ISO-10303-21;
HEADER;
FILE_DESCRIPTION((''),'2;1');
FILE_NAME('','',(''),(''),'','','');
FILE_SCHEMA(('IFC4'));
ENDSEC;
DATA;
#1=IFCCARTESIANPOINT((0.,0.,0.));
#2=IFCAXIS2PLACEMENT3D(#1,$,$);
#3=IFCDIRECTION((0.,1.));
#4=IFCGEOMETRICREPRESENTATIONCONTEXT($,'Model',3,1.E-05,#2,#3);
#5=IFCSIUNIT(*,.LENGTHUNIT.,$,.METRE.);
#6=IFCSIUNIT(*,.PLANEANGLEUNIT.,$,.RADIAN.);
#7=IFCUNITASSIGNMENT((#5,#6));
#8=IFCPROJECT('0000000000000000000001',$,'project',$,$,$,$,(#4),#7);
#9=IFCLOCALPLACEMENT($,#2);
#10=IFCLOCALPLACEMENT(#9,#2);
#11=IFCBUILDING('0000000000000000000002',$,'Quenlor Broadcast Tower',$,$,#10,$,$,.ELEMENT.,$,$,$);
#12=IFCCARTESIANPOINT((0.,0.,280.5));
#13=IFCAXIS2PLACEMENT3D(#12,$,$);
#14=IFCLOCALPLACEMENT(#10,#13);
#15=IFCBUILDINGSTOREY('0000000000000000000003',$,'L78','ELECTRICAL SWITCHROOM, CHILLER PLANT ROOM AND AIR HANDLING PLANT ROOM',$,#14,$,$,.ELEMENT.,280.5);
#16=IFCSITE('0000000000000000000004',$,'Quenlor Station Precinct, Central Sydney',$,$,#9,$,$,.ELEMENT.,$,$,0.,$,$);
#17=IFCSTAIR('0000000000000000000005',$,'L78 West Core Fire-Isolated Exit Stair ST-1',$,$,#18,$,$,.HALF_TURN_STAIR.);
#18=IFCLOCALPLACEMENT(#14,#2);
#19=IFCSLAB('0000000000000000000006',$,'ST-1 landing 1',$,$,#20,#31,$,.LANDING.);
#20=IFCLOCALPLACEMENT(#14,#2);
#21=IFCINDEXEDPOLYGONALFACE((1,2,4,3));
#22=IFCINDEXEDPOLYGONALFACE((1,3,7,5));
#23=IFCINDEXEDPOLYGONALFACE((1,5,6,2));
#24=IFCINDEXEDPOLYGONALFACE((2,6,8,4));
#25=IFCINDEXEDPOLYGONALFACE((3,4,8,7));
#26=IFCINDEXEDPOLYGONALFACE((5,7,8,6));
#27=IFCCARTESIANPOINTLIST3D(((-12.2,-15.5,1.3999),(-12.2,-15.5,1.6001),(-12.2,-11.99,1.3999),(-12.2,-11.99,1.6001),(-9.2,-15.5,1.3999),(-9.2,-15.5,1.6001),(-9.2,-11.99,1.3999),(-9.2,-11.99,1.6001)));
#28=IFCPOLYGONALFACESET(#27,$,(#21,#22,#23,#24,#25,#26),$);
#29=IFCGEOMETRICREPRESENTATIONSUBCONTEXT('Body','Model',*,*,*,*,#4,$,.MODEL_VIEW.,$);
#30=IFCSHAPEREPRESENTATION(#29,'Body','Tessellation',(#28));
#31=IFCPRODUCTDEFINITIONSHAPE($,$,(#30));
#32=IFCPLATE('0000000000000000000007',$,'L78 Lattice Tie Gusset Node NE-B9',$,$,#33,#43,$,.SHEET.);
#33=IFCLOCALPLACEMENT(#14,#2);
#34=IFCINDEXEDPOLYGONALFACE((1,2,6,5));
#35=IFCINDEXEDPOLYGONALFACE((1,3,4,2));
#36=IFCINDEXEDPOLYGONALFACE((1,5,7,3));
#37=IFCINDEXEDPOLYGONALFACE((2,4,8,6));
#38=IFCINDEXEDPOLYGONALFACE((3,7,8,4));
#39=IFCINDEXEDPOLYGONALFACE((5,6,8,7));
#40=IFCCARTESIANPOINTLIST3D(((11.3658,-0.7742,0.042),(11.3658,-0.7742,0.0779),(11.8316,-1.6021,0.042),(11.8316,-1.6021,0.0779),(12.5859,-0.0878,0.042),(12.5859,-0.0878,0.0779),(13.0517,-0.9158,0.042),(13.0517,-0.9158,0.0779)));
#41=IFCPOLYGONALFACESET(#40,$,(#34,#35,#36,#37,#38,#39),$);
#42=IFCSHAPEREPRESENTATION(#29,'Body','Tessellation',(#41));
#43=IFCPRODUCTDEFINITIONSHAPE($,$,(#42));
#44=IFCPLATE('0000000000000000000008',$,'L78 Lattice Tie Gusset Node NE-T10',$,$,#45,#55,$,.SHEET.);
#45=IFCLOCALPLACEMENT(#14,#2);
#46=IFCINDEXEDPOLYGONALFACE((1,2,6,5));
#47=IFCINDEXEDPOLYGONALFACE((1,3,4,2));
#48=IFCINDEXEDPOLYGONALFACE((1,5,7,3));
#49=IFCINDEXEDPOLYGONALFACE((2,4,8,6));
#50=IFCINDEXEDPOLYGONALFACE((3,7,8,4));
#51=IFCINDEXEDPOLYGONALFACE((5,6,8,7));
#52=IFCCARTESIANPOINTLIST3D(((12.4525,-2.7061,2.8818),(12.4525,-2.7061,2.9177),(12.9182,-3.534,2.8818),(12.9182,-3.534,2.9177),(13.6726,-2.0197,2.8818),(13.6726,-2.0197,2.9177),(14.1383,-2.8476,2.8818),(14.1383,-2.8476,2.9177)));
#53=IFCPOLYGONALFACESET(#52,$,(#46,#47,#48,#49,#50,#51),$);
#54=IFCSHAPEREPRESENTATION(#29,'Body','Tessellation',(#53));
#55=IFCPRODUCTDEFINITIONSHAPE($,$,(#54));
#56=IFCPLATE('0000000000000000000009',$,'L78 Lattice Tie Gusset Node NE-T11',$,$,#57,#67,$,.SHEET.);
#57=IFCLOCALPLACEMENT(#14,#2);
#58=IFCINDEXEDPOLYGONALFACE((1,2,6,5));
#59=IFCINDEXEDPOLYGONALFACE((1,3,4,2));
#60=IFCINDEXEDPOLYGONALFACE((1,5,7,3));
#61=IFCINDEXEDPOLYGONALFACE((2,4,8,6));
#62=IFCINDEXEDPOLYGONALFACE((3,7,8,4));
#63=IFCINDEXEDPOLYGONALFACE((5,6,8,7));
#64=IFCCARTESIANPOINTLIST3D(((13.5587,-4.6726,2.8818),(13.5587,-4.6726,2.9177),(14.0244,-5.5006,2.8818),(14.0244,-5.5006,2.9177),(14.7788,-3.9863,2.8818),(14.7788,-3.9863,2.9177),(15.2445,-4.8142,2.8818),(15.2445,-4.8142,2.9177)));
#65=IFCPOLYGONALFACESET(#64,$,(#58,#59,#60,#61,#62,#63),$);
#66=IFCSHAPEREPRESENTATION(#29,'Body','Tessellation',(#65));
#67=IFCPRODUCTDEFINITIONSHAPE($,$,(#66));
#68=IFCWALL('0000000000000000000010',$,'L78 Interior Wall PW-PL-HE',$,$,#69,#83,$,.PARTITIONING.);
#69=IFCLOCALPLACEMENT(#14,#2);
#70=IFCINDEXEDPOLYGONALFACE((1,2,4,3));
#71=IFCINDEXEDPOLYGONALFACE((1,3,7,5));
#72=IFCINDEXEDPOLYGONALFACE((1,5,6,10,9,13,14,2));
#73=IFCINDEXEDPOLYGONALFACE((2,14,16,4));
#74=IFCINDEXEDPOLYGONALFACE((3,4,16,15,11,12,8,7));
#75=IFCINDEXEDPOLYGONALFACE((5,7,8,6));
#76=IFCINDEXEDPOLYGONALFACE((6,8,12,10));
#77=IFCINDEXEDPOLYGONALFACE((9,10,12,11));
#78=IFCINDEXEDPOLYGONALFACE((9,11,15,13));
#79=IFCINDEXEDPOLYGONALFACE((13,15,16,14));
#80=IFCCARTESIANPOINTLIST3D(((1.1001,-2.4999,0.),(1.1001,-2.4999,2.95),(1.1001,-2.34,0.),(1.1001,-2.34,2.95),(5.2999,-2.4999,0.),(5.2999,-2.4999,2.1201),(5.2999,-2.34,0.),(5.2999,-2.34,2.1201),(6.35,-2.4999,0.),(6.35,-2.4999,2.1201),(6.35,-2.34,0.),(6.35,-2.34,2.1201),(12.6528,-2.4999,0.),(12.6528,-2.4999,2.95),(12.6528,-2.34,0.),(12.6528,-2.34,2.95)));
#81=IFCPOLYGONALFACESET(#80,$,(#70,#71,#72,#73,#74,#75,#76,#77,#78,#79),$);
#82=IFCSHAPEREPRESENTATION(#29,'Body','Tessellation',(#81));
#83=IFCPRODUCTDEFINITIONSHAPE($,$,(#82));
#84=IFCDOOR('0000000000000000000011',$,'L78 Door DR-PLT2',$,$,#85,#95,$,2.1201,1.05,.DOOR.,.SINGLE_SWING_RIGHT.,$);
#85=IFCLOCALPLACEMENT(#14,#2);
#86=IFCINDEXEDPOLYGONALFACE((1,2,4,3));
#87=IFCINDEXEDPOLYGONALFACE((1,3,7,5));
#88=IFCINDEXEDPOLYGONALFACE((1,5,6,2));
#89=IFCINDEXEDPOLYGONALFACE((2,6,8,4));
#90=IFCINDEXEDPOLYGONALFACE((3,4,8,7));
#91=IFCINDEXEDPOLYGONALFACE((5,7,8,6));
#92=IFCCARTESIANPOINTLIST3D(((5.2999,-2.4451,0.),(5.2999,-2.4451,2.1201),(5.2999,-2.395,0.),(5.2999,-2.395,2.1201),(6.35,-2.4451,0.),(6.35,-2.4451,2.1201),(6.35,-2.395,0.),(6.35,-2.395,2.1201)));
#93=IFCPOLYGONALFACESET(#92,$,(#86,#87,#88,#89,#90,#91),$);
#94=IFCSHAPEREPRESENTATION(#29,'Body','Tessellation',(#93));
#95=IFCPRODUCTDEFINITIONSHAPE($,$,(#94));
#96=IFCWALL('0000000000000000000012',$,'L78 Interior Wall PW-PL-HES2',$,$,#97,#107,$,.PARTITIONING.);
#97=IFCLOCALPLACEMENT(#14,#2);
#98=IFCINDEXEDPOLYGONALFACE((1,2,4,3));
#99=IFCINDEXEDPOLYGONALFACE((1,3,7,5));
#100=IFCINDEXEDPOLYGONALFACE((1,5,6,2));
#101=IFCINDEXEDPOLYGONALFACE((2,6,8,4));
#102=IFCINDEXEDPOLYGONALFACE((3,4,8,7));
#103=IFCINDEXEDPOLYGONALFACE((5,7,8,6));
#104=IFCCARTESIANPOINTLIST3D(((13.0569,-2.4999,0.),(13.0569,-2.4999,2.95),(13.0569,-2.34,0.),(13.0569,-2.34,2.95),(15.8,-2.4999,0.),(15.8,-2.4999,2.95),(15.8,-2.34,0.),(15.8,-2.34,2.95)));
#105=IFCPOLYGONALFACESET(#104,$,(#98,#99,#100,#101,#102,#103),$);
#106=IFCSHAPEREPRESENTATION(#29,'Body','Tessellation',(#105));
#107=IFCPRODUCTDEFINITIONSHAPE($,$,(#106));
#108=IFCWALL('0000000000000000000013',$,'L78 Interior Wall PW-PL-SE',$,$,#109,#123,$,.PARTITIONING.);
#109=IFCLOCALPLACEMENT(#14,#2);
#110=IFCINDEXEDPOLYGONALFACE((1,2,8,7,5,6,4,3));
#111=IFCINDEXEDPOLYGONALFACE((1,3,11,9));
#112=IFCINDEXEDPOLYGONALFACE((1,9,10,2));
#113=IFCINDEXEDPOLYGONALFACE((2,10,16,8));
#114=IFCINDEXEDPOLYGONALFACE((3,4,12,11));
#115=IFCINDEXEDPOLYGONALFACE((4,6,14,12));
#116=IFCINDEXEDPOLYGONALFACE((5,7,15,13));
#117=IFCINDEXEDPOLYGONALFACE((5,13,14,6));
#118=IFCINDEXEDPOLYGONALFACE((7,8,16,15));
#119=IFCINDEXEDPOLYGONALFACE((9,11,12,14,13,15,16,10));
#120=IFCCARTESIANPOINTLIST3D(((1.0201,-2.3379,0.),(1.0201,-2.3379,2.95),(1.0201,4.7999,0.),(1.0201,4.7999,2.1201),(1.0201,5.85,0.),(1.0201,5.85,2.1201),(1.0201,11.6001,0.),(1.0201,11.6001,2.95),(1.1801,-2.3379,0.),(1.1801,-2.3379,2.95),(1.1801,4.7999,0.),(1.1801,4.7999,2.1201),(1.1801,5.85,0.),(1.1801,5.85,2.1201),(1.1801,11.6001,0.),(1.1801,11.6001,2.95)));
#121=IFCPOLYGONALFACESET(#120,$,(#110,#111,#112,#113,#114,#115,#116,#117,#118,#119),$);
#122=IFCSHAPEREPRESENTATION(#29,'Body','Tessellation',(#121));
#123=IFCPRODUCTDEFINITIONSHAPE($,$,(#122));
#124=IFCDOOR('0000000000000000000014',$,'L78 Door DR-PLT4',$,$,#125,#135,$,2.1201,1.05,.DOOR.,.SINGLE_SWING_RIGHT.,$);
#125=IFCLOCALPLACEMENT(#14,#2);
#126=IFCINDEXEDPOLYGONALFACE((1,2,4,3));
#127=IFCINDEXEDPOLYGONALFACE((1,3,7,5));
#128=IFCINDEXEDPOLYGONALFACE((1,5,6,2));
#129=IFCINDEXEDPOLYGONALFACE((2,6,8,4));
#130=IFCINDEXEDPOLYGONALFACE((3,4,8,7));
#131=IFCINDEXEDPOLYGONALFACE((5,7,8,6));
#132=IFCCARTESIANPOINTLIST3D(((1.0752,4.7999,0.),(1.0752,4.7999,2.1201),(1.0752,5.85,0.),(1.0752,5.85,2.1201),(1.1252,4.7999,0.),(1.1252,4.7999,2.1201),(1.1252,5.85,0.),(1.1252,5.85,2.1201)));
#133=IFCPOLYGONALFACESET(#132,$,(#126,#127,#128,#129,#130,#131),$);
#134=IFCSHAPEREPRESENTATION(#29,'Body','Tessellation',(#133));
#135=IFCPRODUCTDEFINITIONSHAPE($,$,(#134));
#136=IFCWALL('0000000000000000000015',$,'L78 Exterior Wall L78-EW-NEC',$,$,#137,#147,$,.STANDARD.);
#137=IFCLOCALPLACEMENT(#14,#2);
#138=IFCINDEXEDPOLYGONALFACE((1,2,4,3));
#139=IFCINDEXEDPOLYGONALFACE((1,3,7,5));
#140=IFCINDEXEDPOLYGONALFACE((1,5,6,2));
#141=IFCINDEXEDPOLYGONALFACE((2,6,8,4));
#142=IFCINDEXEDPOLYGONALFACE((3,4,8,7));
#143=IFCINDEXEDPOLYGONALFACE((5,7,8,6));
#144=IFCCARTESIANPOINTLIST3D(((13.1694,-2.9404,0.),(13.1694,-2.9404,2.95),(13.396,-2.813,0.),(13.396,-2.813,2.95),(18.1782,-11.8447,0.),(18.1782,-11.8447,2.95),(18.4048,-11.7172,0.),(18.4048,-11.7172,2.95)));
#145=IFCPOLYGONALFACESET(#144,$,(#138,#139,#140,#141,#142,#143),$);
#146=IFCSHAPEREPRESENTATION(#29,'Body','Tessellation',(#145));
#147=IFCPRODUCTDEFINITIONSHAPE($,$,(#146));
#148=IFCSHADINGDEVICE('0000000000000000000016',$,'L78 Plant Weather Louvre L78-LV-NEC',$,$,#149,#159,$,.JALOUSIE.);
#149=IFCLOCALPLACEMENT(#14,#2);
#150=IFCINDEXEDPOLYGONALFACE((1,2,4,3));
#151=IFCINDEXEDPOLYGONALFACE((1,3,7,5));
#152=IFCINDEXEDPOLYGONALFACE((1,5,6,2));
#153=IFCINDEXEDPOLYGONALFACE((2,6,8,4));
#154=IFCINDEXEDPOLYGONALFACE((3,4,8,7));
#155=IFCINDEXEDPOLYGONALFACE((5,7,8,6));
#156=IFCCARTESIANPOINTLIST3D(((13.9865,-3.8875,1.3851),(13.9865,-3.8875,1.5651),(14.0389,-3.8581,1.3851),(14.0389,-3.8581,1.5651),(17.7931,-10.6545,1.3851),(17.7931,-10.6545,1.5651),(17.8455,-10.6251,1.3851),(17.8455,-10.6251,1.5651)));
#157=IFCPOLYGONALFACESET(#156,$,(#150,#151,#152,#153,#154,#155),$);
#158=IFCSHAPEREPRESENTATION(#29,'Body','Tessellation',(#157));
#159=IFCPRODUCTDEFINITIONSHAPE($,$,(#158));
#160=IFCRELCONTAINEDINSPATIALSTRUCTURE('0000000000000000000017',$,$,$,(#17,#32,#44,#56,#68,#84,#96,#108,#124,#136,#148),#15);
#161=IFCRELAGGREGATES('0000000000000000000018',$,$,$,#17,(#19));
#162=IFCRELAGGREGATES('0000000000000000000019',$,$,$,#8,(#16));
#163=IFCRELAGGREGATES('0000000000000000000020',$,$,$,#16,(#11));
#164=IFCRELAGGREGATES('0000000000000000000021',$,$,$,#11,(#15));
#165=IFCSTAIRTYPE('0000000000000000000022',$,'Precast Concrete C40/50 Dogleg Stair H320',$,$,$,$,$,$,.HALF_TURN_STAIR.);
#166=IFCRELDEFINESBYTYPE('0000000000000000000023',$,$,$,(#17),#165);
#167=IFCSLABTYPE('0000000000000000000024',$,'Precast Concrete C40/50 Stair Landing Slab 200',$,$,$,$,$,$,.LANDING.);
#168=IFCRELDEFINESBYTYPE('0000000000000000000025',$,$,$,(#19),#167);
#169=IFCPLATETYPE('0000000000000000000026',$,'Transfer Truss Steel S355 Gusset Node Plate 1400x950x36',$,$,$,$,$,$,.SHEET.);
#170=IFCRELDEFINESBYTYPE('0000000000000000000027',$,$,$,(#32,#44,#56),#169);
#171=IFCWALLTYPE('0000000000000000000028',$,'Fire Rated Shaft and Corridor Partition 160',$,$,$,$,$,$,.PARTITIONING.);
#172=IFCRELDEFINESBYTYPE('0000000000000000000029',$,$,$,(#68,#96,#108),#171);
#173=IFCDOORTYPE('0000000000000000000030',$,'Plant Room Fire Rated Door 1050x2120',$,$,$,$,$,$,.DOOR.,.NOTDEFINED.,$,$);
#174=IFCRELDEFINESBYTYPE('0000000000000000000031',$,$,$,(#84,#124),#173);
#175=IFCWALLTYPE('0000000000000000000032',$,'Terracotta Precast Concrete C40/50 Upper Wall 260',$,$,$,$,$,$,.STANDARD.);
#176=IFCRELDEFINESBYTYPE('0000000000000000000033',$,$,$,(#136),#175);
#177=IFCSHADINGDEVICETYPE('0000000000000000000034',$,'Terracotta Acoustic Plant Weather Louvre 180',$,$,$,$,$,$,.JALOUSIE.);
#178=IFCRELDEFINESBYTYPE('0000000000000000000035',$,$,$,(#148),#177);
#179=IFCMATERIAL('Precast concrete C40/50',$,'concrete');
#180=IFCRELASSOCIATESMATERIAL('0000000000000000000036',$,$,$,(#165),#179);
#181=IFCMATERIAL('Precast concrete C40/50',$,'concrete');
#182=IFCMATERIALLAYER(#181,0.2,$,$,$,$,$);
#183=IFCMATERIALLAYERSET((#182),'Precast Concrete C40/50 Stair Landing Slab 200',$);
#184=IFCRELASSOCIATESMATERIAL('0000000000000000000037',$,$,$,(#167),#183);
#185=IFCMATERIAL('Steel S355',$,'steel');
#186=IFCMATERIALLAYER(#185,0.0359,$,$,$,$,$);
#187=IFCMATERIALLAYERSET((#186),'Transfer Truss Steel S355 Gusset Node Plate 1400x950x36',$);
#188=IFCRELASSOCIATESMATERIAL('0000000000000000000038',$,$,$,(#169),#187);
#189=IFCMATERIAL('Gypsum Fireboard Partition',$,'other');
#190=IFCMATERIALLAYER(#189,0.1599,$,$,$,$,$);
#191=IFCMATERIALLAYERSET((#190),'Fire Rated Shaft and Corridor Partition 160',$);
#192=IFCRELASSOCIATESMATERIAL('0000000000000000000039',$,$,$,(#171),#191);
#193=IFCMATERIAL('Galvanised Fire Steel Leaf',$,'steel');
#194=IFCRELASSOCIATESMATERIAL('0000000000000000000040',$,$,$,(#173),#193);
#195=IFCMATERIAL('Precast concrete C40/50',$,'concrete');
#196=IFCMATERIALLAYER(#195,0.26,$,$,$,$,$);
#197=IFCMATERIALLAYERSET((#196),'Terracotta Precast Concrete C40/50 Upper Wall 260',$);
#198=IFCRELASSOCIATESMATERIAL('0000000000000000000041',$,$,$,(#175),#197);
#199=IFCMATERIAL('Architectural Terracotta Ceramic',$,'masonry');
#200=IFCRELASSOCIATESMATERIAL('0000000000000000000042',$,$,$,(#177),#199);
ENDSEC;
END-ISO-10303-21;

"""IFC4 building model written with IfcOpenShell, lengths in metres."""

from ifc_helpers import new_model, si_unit, direction, frame, frame_2d, origin, origin_2d, place, context, subcontext, project, spatial, polyline, rectangle, outline, extrude, material, layer, layer_set, material_profile, profile_set, type_object, element, fill, aggregate, save


model = new_model("IFC4")

# Units and contexts
model_context = context("Model", 3, precision=1e-05, world=origin(), true_north=direction((0.0, 1.0)))
body_context = subcontext(model_context, "Body", "Model", "MODEL_VIEW")
ifc_project = project(units=[si_unit("LENGTHUNIT", "METRE"), si_unit("PLANEANGLEUNIT", "RADIAN")], contexts=[model_context])

# Site, building, storey
site_placement = place(None, origin())
site = spatial("IfcSite", under=ifc_project, at=site_placement, Name="Quenlor Station Precinct, Central Sydney", CompositionType="ELEMENT", RefElevation=0.0)
building_placement = place(site_placement, origin())
building = spatial("IfcBuilding", under=site, at=building_placement, Name="Quenlor Broadcast Tower", CompositionType="ELEMENT")
storey_placement = place(building_placement, frame((0.0, 0.0, 280.5)))
storey = spatial("IfcBuildingStorey", under=building, at=storey_placement, Name="L78", Description="ELECTRICAL SWITCHROOM, CHILLER PLANT ROOM AND AIR HANDLING PLANT ROOM", CompositionType="ELEMENT", Elevation=280.5)

# Stair, slab
ifc_material_1 = material(Name="Precast concrete C40/50", Category="concrete")
stair_type = type_object("IfcStairType", Name="Precast Concrete C40/50 Dogleg Stair H320", PredefinedType="HALF_TURN_STAIR", material=ifc_material_1)
stair_placement = place(storey_placement, origin())
stair = element("IfcStair", 1, at=stair_placement, inside=storey, type_object=stair_type, Name="L78 West Core Fire-Isolated Exit Stair ST-1", PredefinedType="HALF_TURN_STAIR")
ifc_material_2 = material(Name="Precast concrete C40/50", Category="concrete")
ifc_layer_1 = layer(ifc_material_2, 0.2)
ifc_layer_set_1 = layer_set([ifc_layer_1], Name="Precast Concrete C40/50 Stair Landing Slab 200")
slab_type = type_object("IfcSlabType", Name="Precast Concrete C40/50 Stair Landing Slab 200", PredefinedType="LANDING", material=ifc_layer_set_1)
slab_placement = place(storey_placement, frame((0.0, 0.0, 1.3999)))
slab = element("IfcSlab", 2, at=slab_placement, type_object=slab_type, Name="ST-1 landing 1", PredefinedType="LANDING", context=body_context, shape_type="SweptSolid", body=[
    extrude(outline(polyline([(-12.2, -11.99), (-12.2, -15.5), (-9.2, -15.5), (-9.2, -11.99), (-12.2, -11.99)])), origin(), (0.0, 0.0, 1.0), 0.2002),
])
aggregate(stair, [slab])

# Plates
ifc_material_3 = material(Name="Steel S355", Category="steel")
ifc_layer_2 = layer(ifc_material_3, 0.0359)
ifc_layer_set_2 = layer_set([ifc_layer_2], Name="Transfer Truss Steel S355 Gusset Node Plate 1400x950x36")
plate_type = type_object("IfcPlateType", Name="Transfer Truss Steel S355 Gusset Node Plate 1400x950x36", PredefinedType="SHEET", material=ifc_layer_set_2)
for number, where, z_axis, x_axis, name in (
    (3, (12.2087, -0.845, 0.042), (0.0, 0.0, 1.0), (0.871556, 0.490295, 0.0), "L78 Lattice Tie Gusset Node NE-B9"),
    (4, (13.2954, -2.7769, 2.8818), (0.0, 0.0, 1.0), (0.871556, 0.490295, 0.0), "L78 Lattice Tie Gusset Node NE-T10"),
    (5, (14.4016, -4.7434, 2.8818), (0.0, 0.0, 1.0), (0.871556, 0.490295, 0.0), "L78 Lattice Tie Gusset Node NE-T11"),
):
    element("IfcPlate", number, at=place(storey_placement, frame(where, z_axis=z_axis, x_axis=x_axis)), inside=storey, type_object=plate_type, Name=name, PredefinedType="SHEET", context=body_context, shape_type="SweptSolid", body=[
        extrude(rectangle(XDim=1.3999, YDim=0.95, at=origin_2d()), origin(), (0.0, 0.0, 1.0), 0.0359),
    ])

# Wall, opening, door
ifc_material_4 = material(Name="Gypsum Fireboard Partition", Category="other")
ifc_layer_3 = layer(ifc_material_4, 0.1599)
ifc_layer_set_3 = layer_set([ifc_layer_3], Name="Fire Rated Shaft and Corridor Partition 160")
wall_type_1 = type_object("IfcWallType", Name="Fire Rated Shaft and Corridor Partition 160", PredefinedType="PARTITIONING", material=ifc_layer_set_3)
wall_1_placement = place(storey_placement, frame((1.1001, -2.4199, 0.0), z_axis=(0.0, 0.0, 1.0), x_axis=(1.0, 0.0, 0.0)))
wall_1 = element("IfcWall", 6, at=wall_1_placement, inside=storey, type_object=wall_type_1, Name="L78 Interior Wall PW-PL-HE", PredefinedType="PARTITIONING", context=body_context, shape_type="SweptSolid", body=[
    extrude(rectangle(XDim=11.5527, YDim=0.1599, at=frame_2d((5.7764, 0.0))), origin(), (0.0, 0.0, 1.0), 2.95),
])
opening_1_placement = place(wall_1_placement, frame((4.2, 0.0, 0.0)))
opening_1 = element("IfcOpeningElement", 7, at=opening_1_placement, cuts=wall_1, PredefinedType="OPENING", context=body_context, shape_type="SweptSolid", body=[
    extrude(rectangle(XDim=1.05, YDim=2.1201, at=frame_2d((0.5249, 1.0601))), frame((0.0, 0.0898, 0.0), z_axis=(0.0, -1.0, 0.0), x_axis=(1.0, 0.0, 0.0)), (0.0, 0.0, 1.0), 0.1799),
])
ifc_material_5 = material(Name="Galvanised Fire Steel Leaf", Category="steel")
door_type = type_object("IfcDoorType", Name="Plant Room Fire Rated Door 1050x2120", OperationType="NOTDEFINED", PredefinedType="DOOR", material=ifc_material_5)
door_1_placement = place(opening_1_placement, origin())
door_1 = element("IfcDoor", 8, at=door_1_placement, inside=storey, type_object=door_type, Name="L78 Door DR-PLT2", OperationType="SINGLE_SWING_RIGHT", OverallHeight=2.1201, OverallWidth=1.05, PredefinedType="DOOR", context=body_context, shape_type="SweptSolid", body=[
    extrude(rectangle(XDim=1.05, YDim=2.1201, at=frame_2d((0.5249, 1.0601))), frame((0.0, 0.0249, 0.0), z_axis=(0.0, -1.0, 0.0), x_axis=(1.0, 0.0, 0.0)), (0.0, 0.0, 1.0), 0.05),
])
fill(opening_1, door_1)

# Wall
wall_2_placement = place(storey_placement, frame((13.0569, -2.4199, 0.0), z_axis=(0.0, 0.0, 1.0), x_axis=(1.0, 0.0, 0.0)))
element("IfcWall", 9, at=wall_2_placement, inside=storey, type_object=wall_type_1, Name="L78 Interior Wall PW-PL-HES2", PredefinedType="PARTITIONING", context=body_context, shape_type="SweptSolid", body=[
    extrude(rectangle(XDim=2.7432, YDim=0.1599, at=frame_2d((1.3716, 0.0))), origin(), (0.0, 0.0, 1.0), 2.95),
])

# Wall, opening, door
wall_3_placement = place(storey_placement, frame((1.1001, -2.3379, 0.0), z_axis=(0.0, 0.0, 1.0), x_axis=(0.0, 1.0, 0.0)))
wall_3 = element("IfcWall", 10, at=wall_3_placement, inside=storey, type_object=wall_type_1, Name="L78 Interior Wall PW-PL-SE", PredefinedType="PARTITIONING", context=body_context, shape_type="SweptSolid", body=[
    extrude(rectangle(XDim=13.938, YDim=0.1599, at=frame_2d((6.969, 0.0))), origin(), (0.0, 0.0, 1.0), 2.95),
])
opening_2_placement = place(wall_3_placement, frame((7.1379, 0.0, 0.0)))
opening_2 = element("IfcOpeningElement", 11, at=opening_2_placement, cuts=wall_3, PredefinedType="OPENING", context=body_context, shape_type="SweptSolid", body=[
    extrude(rectangle(XDim=1.05, YDim=2.1201, at=frame_2d((0.5249, 1.0601))), frame((0.0, 0.0898, 0.0), z_axis=(0.0, -1.0, 0.0), x_axis=(1.0, 0.0, 0.0)), (0.0, 0.0, 1.0), 0.1799),
])
door_2_placement = place(opening_2_placement, origin())
door_2 = element("IfcDoor", 12, at=door_2_placement, inside=storey, type_object=door_type, Name="L78 Door DR-PLT4", OperationType="SINGLE_SWING_RIGHT", OverallHeight=2.1201, OverallWidth=1.05, PredefinedType="DOOR", context=body_context, shape_type="SweptSolid", body=[
    extrude(rectangle(XDim=1.05, YDim=2.1201, at=frame_2d((0.5249, 1.0601))), frame((0.0, 0.0249, 0.0), z_axis=(0.0, -1.0, 0.0), x_axis=(1.0, 0.0, 0.0)), (0.0, 0.0, 1.0), 0.05),
])
fill(opening_2, door_2)

# Wall
ifc_material_6 = material(Name="Precast concrete C40/50", Category="concrete")
ifc_layer_4 = layer(ifc_material_6, 0.26)
ifc_layer_set_4 = layer_set([ifc_layer_4], Name="Terracotta Precast Concrete C40/50 Upper Wall 260")
wall_type_2 = type_object("IfcWallType", Name="Terracotta Precast Concrete C40/50 Upper Wall 260", PredefinedType="STANDARD", material=ifc_layer_set_4)
wall_4_placement = place(storey_placement, frame((13.2827, -2.8767, 0.0), z_axis=(0.0, 0.0, 1.0), x_axis=(0.49027, -0.87157, 0.0)))
element("IfcWall", 13, at=wall_4_placement, inside=storey, type_object=wall_type_2, Name="L78 Exterior Wall L78-EW-NEC", PredefinedType="STANDARD", context=body_context, shape_type="SweptSolid", body=[
    extrude(rectangle(XDim=10.2163, YDim=0.26, at=frame_2d((5.1082, 0.0))), origin(), (0.0, 0.0, 1.0), 2.95),
])

# Shading device
ifc_material_7 = material(Name="Architectural Terracotta Ceramic", Category="masonry")
ifc_material_profile_1 = material_profile(ifc_material_7, rectangle(XDim=0.0601, YDim=0.1799, at=origin_2d()))
ifc_profile_set_1 = profile_set([ifc_material_profile_1], Name="Architectural Terracotta Ceramic LVR60x180")
shading_device_type = type_object("IfcShadingDeviceType", Name="Terracotta Acoustic Plant Weather Louvre 180", PredefinedType="JALOUSIE", material=ifc_profile_set_1)
shading_device_placement = place(storey_placement, frame((14.0127, -3.8728, 1.4751), z_axis=(0.490276, -0.871567, 0.0), x_axis=(0.871567, 0.490276, 0.0)))
element("IfcShadingDevice", 14, at=shading_device_placement, inside=storey, type_object=shading_device_type, Name="L78 Plant Weather Louvre L78-LV-NEC", PredefinedType="JALOUSIE", context=body_context, shape_type="SweptSolid", body=[
    extrude(rectangle(XDim=0.0601, YDim=0.1799, at=origin_2d()), origin(), (0.0, 0.0, 1.0), 7.7642),
])

save(model, "model.ifc")
